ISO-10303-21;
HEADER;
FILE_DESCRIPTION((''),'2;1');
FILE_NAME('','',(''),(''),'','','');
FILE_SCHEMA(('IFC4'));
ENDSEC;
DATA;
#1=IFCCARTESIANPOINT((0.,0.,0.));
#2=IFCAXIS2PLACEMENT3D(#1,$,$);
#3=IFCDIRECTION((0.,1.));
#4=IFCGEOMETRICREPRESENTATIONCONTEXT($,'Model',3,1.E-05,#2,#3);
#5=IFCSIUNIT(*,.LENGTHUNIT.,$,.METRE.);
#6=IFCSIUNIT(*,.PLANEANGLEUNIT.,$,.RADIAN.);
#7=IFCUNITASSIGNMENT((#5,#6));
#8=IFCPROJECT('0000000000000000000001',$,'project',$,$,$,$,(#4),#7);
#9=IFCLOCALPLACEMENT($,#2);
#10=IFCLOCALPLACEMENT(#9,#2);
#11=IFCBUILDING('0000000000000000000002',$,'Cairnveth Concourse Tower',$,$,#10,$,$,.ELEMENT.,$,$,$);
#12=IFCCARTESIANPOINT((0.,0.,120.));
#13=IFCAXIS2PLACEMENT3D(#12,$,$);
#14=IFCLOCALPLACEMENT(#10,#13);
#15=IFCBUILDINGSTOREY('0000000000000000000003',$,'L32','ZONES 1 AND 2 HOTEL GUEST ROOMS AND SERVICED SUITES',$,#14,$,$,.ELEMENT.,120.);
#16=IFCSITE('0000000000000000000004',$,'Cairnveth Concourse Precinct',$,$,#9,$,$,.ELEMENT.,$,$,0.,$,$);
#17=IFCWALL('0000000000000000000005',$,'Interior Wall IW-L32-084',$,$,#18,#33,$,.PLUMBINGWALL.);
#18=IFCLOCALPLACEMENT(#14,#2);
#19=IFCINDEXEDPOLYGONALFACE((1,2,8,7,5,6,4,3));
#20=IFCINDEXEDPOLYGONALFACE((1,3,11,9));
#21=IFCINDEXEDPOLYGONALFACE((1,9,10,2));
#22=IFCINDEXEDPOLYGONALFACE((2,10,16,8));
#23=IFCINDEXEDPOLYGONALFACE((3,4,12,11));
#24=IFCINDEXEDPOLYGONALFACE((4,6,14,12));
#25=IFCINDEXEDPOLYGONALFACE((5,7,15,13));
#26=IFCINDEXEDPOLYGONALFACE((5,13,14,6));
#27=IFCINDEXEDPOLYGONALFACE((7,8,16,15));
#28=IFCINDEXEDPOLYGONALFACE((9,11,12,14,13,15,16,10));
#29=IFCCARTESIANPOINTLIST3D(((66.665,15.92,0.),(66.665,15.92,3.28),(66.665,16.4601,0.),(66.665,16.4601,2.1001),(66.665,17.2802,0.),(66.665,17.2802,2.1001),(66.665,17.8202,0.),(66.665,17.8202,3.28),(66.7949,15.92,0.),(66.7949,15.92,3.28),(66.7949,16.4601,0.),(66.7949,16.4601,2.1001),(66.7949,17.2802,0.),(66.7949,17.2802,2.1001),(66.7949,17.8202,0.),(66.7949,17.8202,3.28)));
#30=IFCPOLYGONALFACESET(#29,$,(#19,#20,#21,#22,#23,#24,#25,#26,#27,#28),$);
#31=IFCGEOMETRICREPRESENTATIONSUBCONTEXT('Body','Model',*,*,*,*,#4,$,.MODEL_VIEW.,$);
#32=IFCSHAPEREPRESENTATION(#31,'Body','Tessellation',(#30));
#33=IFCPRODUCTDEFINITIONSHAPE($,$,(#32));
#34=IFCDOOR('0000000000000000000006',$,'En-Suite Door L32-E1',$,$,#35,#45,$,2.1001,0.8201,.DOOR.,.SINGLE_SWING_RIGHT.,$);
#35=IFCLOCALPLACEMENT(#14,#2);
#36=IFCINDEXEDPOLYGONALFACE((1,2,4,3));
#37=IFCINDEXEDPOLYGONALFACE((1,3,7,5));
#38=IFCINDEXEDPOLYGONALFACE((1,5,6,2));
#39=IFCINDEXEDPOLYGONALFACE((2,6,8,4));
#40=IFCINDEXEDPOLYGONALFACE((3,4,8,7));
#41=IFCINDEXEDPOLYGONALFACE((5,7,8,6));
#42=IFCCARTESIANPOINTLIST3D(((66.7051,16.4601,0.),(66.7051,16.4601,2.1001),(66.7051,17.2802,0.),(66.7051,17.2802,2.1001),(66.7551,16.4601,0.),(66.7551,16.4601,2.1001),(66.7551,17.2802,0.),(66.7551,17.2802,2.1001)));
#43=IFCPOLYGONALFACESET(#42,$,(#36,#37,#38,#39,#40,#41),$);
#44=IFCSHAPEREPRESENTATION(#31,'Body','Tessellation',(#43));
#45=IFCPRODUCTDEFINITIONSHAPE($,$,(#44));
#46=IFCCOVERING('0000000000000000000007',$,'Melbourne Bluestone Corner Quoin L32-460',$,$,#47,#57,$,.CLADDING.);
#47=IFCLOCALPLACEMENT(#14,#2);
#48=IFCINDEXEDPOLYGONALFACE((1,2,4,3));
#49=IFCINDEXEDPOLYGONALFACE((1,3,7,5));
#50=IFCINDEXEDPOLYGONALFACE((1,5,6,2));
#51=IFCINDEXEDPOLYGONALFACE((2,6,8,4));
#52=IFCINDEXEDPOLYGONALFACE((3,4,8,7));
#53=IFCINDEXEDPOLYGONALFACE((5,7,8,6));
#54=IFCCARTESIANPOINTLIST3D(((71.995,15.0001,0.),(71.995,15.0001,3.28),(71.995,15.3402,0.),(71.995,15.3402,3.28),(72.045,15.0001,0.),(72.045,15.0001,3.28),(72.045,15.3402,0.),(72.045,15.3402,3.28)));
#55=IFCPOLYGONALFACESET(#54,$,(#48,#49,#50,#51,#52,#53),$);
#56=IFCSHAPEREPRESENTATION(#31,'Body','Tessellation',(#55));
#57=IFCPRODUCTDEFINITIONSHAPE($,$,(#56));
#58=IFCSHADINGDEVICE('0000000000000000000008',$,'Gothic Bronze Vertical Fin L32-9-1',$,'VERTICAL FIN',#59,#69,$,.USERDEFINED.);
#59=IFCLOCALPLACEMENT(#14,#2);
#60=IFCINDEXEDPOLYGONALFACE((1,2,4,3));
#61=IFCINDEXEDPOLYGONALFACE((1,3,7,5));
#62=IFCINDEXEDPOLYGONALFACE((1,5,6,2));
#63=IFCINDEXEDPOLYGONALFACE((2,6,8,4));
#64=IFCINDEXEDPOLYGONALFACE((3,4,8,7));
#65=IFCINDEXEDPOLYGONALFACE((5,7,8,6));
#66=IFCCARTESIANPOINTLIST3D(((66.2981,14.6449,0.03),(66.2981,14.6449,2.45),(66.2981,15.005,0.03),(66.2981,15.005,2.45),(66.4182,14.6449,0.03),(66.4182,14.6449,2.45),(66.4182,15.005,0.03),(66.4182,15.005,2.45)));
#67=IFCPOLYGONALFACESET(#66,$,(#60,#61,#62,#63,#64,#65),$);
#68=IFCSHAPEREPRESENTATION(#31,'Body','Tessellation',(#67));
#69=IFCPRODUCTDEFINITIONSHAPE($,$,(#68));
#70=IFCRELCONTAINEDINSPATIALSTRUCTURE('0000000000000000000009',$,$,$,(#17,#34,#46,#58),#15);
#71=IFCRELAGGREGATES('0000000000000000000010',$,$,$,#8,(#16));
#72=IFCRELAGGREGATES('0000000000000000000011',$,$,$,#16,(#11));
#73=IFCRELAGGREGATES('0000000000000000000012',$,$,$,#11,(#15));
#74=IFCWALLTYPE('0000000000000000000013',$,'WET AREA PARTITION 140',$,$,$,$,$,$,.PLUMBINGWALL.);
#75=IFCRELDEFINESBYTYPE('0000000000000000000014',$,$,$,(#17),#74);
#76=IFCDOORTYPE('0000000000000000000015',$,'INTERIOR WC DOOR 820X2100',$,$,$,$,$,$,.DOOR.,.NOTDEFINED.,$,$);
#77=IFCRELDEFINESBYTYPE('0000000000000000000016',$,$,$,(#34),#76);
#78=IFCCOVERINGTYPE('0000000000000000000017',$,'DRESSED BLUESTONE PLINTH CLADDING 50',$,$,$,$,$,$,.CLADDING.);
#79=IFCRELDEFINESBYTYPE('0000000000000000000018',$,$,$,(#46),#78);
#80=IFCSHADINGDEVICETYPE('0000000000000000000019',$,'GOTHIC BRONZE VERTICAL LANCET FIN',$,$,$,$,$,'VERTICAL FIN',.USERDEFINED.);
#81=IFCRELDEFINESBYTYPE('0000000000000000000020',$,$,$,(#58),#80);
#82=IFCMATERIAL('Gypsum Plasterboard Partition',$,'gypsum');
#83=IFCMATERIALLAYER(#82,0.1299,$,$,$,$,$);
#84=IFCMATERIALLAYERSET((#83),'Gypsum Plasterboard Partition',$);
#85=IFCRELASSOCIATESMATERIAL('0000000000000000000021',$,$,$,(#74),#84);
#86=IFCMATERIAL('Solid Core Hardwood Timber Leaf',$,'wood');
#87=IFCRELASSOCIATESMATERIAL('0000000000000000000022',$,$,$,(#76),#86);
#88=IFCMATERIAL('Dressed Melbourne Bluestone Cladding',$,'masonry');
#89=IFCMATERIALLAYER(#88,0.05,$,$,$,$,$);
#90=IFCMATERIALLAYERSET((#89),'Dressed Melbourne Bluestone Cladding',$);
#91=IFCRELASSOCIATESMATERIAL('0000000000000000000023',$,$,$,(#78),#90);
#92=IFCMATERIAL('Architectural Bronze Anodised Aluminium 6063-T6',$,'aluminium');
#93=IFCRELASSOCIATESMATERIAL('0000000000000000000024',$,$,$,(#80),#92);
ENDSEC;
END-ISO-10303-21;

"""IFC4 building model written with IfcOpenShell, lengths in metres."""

from ifc_helpers import new_model, si_unit, direction, frame, frame_2d, origin, origin_2d, place, context, subcontext, project, spatial, rectangle, extrude, material, layer, layer_set, type_object, element, fill, save


model = new_model("IFC4")

# Units and contexts
model_context = context("Model", 3, precision=1e-05, world=origin(), true_north=direction((0.0, 1.0)))
body_context = subcontext(model_context, "Body", "Model", "MODEL_VIEW")
ifc_project = project(units=[si_unit("LENGTHUNIT", "METRE"), si_unit("PLANEANGLEUNIT", "RADIAN")], contexts=[model_context])

# Site, building, storey
site_placement = place(None, origin())
site = spatial("IfcSite", under=ifc_project, at=site_placement, Name="Cairnveth Concourse Precinct", CompositionType="ELEMENT", RefElevation=0.0)
building_placement = place(site_placement, origin())
building = spatial("IfcBuilding", under=site, at=building_placement, Name="Cairnveth Concourse Tower", CompositionType="ELEMENT")
storey_placement = place(building_placement, frame((0.0, 0.0, 120.0)))
storey = spatial("IfcBuildingStorey", under=building, at=storey_placement, Name="L32", Description="ZONES 1 AND 2 HOTEL GUEST ROOMS AND SERVICED SUITES", CompositionType="ELEMENT", Elevation=120.0)

# Shared definitions
ifc_material_1 = material(Name="Gypsum Plasterboard Partition", Category="gypsum")
ifc_material_2 = material(Name="Solid Core Hardwood Timber Leaf", Category="wood")

# Shared definitions
ifc_layer_1 = layer(ifc_material_1, 0.1299)
ifc_layer_set_1 = layer_set([ifc_layer_1], Name="Gypsum Plasterboard Partition")
wall_type_1 = type_object("IfcWallType", Name="WET AREA PARTITION 140", PredefinedType="PLUMBINGWALL", material=ifc_layer_set_1)

# Wall, opening, door
wall_1_placement = place(storey_placement, frame((66.73, 15.9199, 0.0), z_axis=(0.0, 0.0, 1.0), x_axis=(0.0, 1.0, 0.0)))
wall_1 = element("IfcWall", 1, at=wall_1_placement, inside=storey, type_object=wall_type_1, Name="Interior Wall IW-L32-084", PredefinedType="PLUMBINGWALL", context=body_context, shape_type="SweptSolid", body=[
    extrude(rectangle(XDim=1.9001, YDim=0.1299, at=frame_2d((0.9502, 0.0))), origin(), (0.0, 0.0, 1.0), 3.28),
])
opening_1_placement = place(wall_1_placement, frame((0.54, 0.0, 0.0)))
opening_1 = element("IfcOpeningElement", 2, at=opening_1_placement, cuts=wall_1, PredefinedType="OPENING", context=body_context, shape_type="SweptSolid", body=[
    extrude(rectangle(XDim=0.8201, YDim=2.1001, at=frame_2d((0.4102, 1.05))), frame((0.0, 0.075, 0.0), z_axis=(0.0, -1.0, 0.0), x_axis=(1.0, 0.0, 0.0)), (0.0, 0.0, 1.0), 0.1499),
])
door_type_1 = type_object("IfcDoorType", Name="INTERIOR WC DOOR 820X2100", OperationType="NOTDEFINED", PredefinedType="DOOR", material=ifc_material_2)
door_1_placement = place(opening_1_placement, origin())
door_1 = element("IfcDoor", 3, at=door_1_placement, inside=storey, type_object=door_type_1, Name="En-Suite Door L32-E1", OperationType="SINGLE_SWING_RIGHT", OverallHeight=2.1001, OverallWidth=0.8201, PredefinedType="DOOR", context=body_context, shape_type="SweptSolid", body=[
    extrude(rectangle(XDim=0.8201, YDim=2.1001, at=frame_2d((0.4102, 1.05))), frame((0.0, 0.0249, 0.0), z_axis=(0.0, -1.0, 0.0), x_axis=(1.0, 0.0, 0.0)), (0.0, 0.0, 1.0), 0.05),
])
fill(opening_1, door_1)

# Covering
ifc_material_3 = material(Name="Dressed Melbourne Bluestone Cladding", Category="masonry")
ifc_layer_2 = layer(ifc_material_3, 0.05)
ifc_layer_set_2 = layer_set([ifc_layer_2], Name="Dressed Melbourne Bluestone Cladding")
covering_type = type_object("IfcCoveringType", Name="DRESSED BLUESTONE PLINTH CLADDING 50", PredefinedType="CLADDING", material=ifc_layer_set_2)
covering_placement = place(storey_placement, frame((72.02, 15.3401, 0.0), z_axis=(0.0, 0.0, 1.0), x_axis=(0.0, -1.0, 0.0)))
element("IfcCovering", 4, at=covering_placement, inside=storey, type_object=covering_type, Name="Melbourne Bluestone Corner Quoin L32-460", PredefinedType="CLADDING", context=body_context, shape_type="SweptSolid", body=[
    extrude(rectangle(XDim=0.3401, YDim=0.05, at=frame_2d((0.1699, 0.0))), origin(), (0.0, 0.0, 1.0), 3.28),
])

# Shading device
ifc_material_4 = material(Name="Architectural Bronze Anodised Aluminium 6063-T6", Category="aluminium")
shading_device_type = type_object("IfcShadingDeviceType", Name="GOTHIC BRONZE VERTICAL LANCET FIN", ElementType="VERTICAL FIN", PredefinedType="USERDEFINED", material=ifc_material_4)
shading_device_placement = place(storey_placement, frame((66.3582, 14.825, 0.03), z_axis=(0.0, 0.0, 1.0), x_axis=(1.0, 0.0, 0.0)))
element("IfcShadingDevice", 5, at=shading_device_placement, inside=storey, type_object=shading_device_type, Name="Gothic Bronze Vertical Fin L32-9-1", ObjectType="VERTICAL FIN", PredefinedType="USERDEFINED", context=body_context, shape_type="SweptSolid", body=[
    extrude(rectangle(XDim=0.1201, YDim=0.3601, at=origin_2d()), origin(), (0.0, 0.0, 1.0), 2.4199),
])

save(model, "model.ifc")
